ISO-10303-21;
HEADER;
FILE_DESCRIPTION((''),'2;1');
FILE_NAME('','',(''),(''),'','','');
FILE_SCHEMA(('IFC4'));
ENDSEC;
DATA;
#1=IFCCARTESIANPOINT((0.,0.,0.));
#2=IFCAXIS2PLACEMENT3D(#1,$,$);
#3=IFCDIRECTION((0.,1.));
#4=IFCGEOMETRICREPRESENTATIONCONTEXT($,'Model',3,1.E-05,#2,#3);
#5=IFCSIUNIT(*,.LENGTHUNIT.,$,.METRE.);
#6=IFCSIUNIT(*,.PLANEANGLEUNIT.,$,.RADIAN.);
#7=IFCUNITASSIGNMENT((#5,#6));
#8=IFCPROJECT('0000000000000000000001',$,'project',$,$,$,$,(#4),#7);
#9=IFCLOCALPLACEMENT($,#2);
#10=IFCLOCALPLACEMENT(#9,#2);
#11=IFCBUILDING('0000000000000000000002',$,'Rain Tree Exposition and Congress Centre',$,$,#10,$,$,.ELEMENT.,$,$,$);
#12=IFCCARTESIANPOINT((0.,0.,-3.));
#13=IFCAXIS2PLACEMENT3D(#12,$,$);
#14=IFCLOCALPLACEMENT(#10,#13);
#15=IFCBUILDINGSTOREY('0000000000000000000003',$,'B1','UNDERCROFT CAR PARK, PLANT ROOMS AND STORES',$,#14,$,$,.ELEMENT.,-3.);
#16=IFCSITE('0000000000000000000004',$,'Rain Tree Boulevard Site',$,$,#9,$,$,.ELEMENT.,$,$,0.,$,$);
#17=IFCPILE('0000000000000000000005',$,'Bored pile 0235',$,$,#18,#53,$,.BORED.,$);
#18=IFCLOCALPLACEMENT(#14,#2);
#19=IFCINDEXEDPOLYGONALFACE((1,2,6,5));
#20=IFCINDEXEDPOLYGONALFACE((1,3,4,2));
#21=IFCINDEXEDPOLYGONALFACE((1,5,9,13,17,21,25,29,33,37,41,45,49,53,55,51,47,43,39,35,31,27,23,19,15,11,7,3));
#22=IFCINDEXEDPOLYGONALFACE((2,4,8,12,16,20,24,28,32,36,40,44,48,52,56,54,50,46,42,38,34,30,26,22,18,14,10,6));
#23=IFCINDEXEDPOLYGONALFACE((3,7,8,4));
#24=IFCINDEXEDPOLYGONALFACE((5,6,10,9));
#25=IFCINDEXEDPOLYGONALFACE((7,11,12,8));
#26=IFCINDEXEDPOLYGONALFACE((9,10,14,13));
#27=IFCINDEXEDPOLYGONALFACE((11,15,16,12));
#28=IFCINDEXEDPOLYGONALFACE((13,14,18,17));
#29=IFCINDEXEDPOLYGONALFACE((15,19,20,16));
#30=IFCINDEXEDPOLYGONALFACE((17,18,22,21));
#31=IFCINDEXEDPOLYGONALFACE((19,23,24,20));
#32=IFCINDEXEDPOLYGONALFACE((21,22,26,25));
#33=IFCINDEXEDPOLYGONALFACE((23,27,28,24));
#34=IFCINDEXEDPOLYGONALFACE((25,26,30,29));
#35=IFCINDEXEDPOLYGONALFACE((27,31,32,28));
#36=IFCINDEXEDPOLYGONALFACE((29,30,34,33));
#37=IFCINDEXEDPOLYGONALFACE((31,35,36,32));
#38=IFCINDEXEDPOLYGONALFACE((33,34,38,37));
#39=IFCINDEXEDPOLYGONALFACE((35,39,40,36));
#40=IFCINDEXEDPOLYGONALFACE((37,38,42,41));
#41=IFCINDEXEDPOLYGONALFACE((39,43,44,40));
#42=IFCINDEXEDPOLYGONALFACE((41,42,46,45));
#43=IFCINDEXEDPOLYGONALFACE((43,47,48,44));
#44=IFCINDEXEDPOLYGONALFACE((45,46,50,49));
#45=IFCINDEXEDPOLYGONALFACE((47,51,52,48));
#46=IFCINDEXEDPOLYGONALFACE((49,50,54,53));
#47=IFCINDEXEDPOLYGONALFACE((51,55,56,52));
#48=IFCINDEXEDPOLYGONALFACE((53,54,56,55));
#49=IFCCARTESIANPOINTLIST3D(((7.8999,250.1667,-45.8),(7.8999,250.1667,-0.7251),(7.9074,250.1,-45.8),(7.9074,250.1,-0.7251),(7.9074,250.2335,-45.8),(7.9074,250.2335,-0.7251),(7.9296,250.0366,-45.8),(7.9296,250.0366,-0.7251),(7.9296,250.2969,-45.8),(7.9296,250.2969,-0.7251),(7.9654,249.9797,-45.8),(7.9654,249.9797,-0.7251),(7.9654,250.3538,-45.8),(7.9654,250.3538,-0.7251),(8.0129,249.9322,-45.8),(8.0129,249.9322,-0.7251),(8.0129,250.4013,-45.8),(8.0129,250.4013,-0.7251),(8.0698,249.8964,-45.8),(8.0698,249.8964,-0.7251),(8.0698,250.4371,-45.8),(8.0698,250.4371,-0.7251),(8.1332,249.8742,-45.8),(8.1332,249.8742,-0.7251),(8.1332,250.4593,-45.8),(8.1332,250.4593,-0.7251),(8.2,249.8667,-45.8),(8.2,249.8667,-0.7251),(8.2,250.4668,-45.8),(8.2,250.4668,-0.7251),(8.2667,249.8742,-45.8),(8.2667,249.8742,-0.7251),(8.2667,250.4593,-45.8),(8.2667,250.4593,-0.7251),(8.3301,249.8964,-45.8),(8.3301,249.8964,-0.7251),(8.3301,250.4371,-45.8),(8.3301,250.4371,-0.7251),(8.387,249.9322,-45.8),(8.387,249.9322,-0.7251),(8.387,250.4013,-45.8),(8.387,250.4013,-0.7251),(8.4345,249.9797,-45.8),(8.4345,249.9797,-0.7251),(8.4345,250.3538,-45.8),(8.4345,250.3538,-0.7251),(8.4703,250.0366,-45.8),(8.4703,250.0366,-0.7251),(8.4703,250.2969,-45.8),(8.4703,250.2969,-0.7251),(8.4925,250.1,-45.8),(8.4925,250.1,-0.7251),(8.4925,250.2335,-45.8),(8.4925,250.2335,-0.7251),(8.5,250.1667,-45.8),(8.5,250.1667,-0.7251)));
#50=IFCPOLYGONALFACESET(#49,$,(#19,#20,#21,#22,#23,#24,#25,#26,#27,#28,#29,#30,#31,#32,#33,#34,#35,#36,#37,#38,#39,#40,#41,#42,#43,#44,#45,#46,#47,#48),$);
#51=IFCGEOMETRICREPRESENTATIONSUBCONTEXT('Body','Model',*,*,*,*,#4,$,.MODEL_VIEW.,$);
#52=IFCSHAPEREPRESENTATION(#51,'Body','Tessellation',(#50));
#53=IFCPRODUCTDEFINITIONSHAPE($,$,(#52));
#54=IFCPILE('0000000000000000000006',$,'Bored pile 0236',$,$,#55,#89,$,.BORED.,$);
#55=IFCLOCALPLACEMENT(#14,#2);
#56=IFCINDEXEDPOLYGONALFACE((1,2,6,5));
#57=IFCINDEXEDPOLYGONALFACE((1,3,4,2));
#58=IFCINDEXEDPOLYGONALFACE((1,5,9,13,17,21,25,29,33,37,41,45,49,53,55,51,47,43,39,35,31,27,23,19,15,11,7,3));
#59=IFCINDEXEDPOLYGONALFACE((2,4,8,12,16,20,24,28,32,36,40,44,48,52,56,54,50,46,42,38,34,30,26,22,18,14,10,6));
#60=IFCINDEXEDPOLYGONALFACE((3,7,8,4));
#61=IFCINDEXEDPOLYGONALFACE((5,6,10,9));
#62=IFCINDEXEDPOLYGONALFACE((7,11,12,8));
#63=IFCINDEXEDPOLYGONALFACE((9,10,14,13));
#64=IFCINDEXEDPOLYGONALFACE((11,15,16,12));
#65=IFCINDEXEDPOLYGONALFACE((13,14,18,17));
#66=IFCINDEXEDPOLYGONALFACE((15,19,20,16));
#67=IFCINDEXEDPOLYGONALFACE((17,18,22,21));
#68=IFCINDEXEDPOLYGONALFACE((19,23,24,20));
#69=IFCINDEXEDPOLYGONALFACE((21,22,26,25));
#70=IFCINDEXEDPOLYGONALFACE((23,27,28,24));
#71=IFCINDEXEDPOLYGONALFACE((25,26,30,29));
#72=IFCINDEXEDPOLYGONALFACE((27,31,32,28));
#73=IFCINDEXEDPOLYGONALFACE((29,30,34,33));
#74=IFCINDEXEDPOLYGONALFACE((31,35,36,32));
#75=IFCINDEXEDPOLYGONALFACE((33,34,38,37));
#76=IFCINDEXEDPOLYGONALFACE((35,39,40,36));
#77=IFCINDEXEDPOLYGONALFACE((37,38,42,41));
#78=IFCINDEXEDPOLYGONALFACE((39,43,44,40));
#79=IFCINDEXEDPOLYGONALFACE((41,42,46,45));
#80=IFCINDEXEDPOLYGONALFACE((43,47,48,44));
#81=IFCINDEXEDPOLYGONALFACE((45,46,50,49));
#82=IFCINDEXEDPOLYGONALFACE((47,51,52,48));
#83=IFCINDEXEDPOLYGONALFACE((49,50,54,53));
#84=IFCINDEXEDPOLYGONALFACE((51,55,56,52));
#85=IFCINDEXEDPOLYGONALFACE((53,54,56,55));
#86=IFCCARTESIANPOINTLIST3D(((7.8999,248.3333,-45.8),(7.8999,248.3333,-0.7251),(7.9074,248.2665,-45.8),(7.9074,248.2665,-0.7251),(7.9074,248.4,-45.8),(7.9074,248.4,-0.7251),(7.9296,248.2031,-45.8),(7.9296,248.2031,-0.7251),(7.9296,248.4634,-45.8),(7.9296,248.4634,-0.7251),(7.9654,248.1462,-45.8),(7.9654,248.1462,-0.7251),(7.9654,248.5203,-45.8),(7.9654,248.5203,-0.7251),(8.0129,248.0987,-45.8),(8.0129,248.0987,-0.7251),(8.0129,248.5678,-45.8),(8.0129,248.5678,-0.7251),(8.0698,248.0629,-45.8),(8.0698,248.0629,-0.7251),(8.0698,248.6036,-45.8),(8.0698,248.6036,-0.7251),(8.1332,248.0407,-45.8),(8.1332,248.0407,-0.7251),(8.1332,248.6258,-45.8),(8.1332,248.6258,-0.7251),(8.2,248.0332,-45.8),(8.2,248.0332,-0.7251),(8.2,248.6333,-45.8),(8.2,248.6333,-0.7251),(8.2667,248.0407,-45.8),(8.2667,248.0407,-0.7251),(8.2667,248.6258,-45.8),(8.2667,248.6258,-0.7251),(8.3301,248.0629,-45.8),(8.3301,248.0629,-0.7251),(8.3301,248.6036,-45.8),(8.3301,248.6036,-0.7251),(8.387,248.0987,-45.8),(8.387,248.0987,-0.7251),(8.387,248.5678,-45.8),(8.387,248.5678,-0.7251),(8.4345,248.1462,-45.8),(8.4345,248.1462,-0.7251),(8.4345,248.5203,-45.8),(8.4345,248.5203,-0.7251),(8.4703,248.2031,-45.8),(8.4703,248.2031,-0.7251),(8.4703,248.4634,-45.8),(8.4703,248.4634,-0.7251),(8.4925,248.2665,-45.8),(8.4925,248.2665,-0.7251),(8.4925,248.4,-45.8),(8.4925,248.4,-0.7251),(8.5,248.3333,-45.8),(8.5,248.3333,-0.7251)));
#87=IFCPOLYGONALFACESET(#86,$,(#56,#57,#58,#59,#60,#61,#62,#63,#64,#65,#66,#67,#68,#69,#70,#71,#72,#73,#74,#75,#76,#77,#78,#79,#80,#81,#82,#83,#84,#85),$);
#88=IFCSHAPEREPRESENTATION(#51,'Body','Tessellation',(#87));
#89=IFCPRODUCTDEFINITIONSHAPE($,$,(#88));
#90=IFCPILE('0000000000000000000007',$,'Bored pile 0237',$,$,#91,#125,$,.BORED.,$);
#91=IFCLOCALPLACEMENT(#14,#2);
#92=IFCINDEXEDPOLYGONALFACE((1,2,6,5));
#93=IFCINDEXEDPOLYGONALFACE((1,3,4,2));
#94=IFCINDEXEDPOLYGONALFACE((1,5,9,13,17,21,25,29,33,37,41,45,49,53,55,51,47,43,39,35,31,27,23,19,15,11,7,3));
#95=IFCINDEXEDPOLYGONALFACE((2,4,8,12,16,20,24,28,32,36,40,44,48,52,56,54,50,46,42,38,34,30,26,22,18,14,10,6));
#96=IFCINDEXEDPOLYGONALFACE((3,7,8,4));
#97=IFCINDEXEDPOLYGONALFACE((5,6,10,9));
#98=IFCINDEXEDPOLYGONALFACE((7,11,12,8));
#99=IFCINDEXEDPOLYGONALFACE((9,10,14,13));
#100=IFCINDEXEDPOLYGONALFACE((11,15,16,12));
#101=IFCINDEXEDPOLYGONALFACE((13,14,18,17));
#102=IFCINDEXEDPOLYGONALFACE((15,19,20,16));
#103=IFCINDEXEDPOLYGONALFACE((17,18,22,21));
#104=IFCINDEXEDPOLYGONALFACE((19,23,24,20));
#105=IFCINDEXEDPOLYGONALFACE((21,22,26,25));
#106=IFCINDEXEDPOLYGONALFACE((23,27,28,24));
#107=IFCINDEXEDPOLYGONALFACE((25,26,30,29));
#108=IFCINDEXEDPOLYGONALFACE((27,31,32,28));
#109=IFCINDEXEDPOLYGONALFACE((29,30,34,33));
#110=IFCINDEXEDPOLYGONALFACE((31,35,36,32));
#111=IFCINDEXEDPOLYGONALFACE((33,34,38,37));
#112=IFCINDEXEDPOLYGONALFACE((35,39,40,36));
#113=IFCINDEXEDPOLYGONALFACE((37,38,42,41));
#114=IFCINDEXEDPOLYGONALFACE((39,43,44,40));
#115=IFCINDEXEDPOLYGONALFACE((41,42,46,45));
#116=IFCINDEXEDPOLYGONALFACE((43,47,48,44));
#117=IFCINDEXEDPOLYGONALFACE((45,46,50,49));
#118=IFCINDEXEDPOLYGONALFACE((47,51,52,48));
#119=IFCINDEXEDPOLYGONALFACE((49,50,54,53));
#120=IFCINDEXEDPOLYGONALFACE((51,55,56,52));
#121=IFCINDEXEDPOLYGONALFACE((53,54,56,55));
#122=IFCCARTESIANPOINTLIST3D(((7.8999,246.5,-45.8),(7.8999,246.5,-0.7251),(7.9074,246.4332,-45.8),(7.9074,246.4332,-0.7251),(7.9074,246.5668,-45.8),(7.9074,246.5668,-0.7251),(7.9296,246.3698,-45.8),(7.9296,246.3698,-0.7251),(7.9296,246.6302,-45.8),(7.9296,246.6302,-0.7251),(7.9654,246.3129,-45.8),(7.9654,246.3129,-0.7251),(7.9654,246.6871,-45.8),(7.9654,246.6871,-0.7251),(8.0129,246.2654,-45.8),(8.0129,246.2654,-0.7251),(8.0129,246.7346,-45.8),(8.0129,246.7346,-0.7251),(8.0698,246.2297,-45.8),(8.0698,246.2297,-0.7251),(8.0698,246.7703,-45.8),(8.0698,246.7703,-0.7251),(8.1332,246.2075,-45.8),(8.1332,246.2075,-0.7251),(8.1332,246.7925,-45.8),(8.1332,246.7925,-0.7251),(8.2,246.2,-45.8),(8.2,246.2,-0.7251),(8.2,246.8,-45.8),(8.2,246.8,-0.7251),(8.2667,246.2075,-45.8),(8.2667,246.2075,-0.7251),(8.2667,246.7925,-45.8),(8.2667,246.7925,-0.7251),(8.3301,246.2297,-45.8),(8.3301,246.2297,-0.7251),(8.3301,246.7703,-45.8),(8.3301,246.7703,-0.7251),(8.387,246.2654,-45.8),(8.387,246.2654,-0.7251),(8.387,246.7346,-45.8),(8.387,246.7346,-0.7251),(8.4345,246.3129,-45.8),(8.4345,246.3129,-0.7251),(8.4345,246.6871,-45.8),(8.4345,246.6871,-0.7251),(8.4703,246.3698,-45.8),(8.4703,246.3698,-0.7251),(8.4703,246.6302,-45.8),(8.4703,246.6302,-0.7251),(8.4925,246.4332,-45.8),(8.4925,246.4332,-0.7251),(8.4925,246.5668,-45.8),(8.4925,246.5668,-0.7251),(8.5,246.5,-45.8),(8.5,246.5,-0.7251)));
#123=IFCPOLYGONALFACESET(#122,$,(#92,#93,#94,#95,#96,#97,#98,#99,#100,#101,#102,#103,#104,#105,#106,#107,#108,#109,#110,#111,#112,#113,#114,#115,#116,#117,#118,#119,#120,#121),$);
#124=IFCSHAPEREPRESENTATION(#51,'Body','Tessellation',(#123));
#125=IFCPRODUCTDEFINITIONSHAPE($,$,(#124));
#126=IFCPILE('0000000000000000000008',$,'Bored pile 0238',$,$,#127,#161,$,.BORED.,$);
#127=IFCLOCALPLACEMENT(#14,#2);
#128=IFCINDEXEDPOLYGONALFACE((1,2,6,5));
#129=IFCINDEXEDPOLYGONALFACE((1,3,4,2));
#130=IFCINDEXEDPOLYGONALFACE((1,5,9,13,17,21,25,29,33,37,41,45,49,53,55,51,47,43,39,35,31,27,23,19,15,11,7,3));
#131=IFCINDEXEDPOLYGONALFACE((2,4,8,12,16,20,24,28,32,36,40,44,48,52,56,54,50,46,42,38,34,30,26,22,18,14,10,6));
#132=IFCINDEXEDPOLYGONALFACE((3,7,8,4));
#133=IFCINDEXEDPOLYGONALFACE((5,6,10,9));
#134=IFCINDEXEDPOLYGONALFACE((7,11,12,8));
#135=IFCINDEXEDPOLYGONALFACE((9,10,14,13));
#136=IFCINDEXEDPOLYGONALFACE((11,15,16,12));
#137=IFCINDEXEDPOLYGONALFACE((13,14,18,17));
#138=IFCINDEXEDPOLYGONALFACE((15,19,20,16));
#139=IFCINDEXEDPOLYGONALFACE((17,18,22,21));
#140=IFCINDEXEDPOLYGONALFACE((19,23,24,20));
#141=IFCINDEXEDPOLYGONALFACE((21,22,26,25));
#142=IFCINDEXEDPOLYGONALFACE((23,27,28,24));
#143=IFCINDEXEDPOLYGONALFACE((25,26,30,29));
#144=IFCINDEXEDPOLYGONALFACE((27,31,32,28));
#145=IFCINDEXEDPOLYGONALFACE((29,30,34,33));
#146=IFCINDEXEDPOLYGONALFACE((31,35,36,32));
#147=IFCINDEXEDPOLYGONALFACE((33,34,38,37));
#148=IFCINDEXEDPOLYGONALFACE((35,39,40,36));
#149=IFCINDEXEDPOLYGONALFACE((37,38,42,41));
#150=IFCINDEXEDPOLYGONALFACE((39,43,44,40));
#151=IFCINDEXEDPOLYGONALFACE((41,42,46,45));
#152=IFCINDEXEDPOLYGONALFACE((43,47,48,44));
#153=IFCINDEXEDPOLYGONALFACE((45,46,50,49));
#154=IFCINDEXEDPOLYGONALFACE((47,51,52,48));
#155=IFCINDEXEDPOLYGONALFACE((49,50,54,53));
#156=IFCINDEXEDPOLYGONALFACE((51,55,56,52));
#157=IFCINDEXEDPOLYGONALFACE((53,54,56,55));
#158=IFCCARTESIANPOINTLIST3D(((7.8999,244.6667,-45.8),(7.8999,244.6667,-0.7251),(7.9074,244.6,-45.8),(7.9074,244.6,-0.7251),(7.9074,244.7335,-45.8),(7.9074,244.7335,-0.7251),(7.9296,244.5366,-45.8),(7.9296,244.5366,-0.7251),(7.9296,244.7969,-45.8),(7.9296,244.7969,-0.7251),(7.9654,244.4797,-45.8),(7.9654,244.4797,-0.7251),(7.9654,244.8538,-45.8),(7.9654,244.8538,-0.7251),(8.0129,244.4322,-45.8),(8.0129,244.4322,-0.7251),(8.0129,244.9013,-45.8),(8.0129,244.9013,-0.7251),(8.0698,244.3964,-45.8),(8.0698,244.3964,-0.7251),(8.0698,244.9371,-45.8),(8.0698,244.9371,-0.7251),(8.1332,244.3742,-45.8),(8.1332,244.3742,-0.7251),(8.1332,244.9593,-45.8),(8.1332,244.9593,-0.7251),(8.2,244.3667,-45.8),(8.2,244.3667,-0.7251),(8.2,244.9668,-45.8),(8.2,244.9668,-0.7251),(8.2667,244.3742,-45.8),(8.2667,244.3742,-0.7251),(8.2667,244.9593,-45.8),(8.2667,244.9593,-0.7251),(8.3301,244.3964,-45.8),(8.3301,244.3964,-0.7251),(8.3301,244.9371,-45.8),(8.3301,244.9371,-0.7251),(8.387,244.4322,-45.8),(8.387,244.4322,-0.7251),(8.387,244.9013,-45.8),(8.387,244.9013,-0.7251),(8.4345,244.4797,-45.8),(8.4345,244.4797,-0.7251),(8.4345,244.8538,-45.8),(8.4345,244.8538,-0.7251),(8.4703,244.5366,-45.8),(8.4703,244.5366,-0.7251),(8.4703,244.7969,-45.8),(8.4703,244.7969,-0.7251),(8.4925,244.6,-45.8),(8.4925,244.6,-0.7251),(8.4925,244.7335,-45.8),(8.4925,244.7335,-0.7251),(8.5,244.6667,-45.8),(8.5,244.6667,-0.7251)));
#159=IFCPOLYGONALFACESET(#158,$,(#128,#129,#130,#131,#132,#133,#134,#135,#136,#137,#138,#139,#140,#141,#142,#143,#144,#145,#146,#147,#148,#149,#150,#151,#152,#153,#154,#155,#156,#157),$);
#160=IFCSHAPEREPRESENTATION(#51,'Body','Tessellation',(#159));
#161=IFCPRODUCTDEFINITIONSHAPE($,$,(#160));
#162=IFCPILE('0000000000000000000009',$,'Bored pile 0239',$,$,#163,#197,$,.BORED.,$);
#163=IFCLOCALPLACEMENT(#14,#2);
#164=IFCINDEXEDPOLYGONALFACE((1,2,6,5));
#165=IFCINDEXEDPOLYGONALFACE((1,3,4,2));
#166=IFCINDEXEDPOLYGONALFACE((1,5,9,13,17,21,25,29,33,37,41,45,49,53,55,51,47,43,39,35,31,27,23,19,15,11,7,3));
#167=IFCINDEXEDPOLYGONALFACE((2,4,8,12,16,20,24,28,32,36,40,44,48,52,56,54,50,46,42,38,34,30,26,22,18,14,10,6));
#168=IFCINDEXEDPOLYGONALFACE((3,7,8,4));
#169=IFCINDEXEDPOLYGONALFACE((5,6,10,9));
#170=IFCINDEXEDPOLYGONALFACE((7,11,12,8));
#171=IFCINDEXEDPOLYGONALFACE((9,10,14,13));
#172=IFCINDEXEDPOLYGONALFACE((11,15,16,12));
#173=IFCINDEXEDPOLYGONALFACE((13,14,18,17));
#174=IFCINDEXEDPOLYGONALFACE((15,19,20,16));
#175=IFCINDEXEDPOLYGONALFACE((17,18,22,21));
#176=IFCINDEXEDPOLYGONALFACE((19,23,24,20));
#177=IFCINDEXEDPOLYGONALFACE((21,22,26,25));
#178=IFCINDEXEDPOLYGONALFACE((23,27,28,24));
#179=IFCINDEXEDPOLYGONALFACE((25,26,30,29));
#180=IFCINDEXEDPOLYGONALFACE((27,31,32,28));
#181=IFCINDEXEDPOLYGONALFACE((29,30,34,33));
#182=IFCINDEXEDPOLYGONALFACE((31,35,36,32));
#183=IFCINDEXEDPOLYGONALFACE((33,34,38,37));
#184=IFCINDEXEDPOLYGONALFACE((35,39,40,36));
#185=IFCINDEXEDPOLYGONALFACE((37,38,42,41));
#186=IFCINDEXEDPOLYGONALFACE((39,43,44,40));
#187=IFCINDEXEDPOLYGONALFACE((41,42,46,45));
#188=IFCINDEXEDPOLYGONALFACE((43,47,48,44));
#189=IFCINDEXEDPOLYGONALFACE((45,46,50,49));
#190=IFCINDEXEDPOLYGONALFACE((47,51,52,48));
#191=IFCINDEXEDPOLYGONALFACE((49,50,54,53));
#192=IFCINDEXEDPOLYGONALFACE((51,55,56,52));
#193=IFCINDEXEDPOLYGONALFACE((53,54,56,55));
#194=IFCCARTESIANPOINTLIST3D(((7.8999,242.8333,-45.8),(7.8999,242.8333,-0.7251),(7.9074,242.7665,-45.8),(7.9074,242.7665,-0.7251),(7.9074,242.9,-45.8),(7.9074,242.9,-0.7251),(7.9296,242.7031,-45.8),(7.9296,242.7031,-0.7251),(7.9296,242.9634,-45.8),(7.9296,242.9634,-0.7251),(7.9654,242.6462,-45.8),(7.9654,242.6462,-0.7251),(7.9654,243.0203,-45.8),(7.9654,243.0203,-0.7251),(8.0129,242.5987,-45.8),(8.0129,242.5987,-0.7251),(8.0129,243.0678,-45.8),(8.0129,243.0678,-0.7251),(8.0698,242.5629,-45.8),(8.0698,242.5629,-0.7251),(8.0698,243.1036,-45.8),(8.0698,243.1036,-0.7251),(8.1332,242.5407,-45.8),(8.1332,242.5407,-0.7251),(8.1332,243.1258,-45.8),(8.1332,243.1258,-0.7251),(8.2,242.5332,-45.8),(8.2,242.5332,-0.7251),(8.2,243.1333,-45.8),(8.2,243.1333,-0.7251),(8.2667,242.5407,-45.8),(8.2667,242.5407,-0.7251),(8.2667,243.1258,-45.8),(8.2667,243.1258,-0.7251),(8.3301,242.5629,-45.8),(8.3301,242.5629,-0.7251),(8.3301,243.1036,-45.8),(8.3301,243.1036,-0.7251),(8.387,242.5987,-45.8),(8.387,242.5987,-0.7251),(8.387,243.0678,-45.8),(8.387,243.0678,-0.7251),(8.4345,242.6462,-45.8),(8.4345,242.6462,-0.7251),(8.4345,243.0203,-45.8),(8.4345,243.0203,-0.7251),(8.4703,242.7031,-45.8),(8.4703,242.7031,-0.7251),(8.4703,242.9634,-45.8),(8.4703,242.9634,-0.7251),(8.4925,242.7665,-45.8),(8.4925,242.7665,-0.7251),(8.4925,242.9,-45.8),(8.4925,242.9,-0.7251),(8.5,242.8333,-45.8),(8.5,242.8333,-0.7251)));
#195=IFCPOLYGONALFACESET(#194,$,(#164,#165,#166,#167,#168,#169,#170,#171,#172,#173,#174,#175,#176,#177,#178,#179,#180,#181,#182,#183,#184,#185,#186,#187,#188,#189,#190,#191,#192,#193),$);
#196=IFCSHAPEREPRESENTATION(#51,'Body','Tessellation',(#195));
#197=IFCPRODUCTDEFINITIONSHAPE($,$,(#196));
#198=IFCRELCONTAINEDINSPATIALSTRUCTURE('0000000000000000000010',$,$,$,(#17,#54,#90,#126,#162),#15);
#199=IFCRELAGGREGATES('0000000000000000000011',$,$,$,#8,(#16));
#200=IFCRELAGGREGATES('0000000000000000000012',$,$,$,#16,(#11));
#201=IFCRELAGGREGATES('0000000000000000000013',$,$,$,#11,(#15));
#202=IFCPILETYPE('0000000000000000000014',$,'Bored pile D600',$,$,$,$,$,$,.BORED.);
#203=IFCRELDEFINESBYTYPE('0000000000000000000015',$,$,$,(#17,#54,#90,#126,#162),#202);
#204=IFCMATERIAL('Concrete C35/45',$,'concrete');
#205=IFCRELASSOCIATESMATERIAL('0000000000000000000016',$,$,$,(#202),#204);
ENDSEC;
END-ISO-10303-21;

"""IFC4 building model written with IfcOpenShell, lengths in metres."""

from ifc_helpers import new_model, si_unit, direction, frame, origin, origin_2d, place, context, subcontext, project, spatial, circle, extrude, material, material_profile, profile_set, type_object, element, save


model = new_model("IFC4")

# Units and contexts
model_context = context("Model", 3, precision=1e-05, world=origin(), true_north=direction((0.0, 1.0)))
body_context = subcontext(model_context, "Body", "Model", "MODEL_VIEW")
ifc_project = project(units=[si_unit("LENGTHUNIT", "METRE"), si_unit("PLANEANGLEUNIT", "RADIAN")], contexts=[model_context])

# Site, building, storey
site_placement = place(None, origin())
site = spatial("IfcSite", under=ifc_project, at=site_placement, Name="Rain Tree Boulevard Site", CompositionType="ELEMENT", RefElevation=0.0)
building_placement = place(site_placement, origin())
building = spatial("IfcBuilding", under=site, at=building_placement, Name="Rain Tree Exposition and Congress Centre", CompositionType="ELEMENT")
storey_placement = place(building_placement, frame((0.0, 0.0, -3.0)))
storey = spatial("IfcBuildingStorey", under=building, at=storey_placement, Name="B1", Description="UNDERCROFT CAR PARK, PLANT ROOMS AND STORES", CompositionType="ELEMENT", Elevation=-3.0)

# Piles
ifc_material_1 = material(Name="Concrete C35/45", Category="concrete")
ifc_material_profile_1 = material_profile(ifc_material_1, circle(Radius=0.3, at=origin_2d()), Name="D600")
ifc_profile_set_1 = profile_set([ifc_material_profile_1], Name="Concrete C35/45")
pile_type_1 = type_object("IfcPileType", Name="Bored pile D600", PredefinedType="BORED", material=ifc_profile_set_1)
for number, where, z_axis, x_axis, name in (
    (1, (8.2, 250.1667, -0.7251), (0.0, 0.0, -1.0), (1.0, 0.0, 0.0), "Bored pile 0235"),
    (2, (8.2, 248.3333, -0.7251), (0.0, 0.0, -1.0), (1.0, 0.0, 0.0), "Bored pile 0236"),
    (3, (8.2, 246.5, -0.7251), (0.0, 0.0, -1.0), (1.0, 0.0, 0.0), "Bored pile 0237"),
    (4, (8.2, 244.6667, -0.7251), (0.0, 0.0, -1.0), (1.0, 0.0, 0.0), "Bored pile 0238"),
    (5, (8.2, 242.8333, -0.7251), (0.0, 0.0, -1.0), (1.0, 0.0, 0.0), "Bored pile 0239"),
):
    element("IfcPile", number, at=place(storey_placement, frame(where, z_axis=z_axis, x_axis=x_axis)), inside=storey, type_object=pile_type_1, Name=name, PredefinedType="BORED", context=body_context, shape_type="SweptSolid", body=[
        extrude(circle(Radius=0.3, at=origin_2d()), origin(), (0.0, 0.0, 1.0), 45.075),
    ])

save(model, "model.ifc")
